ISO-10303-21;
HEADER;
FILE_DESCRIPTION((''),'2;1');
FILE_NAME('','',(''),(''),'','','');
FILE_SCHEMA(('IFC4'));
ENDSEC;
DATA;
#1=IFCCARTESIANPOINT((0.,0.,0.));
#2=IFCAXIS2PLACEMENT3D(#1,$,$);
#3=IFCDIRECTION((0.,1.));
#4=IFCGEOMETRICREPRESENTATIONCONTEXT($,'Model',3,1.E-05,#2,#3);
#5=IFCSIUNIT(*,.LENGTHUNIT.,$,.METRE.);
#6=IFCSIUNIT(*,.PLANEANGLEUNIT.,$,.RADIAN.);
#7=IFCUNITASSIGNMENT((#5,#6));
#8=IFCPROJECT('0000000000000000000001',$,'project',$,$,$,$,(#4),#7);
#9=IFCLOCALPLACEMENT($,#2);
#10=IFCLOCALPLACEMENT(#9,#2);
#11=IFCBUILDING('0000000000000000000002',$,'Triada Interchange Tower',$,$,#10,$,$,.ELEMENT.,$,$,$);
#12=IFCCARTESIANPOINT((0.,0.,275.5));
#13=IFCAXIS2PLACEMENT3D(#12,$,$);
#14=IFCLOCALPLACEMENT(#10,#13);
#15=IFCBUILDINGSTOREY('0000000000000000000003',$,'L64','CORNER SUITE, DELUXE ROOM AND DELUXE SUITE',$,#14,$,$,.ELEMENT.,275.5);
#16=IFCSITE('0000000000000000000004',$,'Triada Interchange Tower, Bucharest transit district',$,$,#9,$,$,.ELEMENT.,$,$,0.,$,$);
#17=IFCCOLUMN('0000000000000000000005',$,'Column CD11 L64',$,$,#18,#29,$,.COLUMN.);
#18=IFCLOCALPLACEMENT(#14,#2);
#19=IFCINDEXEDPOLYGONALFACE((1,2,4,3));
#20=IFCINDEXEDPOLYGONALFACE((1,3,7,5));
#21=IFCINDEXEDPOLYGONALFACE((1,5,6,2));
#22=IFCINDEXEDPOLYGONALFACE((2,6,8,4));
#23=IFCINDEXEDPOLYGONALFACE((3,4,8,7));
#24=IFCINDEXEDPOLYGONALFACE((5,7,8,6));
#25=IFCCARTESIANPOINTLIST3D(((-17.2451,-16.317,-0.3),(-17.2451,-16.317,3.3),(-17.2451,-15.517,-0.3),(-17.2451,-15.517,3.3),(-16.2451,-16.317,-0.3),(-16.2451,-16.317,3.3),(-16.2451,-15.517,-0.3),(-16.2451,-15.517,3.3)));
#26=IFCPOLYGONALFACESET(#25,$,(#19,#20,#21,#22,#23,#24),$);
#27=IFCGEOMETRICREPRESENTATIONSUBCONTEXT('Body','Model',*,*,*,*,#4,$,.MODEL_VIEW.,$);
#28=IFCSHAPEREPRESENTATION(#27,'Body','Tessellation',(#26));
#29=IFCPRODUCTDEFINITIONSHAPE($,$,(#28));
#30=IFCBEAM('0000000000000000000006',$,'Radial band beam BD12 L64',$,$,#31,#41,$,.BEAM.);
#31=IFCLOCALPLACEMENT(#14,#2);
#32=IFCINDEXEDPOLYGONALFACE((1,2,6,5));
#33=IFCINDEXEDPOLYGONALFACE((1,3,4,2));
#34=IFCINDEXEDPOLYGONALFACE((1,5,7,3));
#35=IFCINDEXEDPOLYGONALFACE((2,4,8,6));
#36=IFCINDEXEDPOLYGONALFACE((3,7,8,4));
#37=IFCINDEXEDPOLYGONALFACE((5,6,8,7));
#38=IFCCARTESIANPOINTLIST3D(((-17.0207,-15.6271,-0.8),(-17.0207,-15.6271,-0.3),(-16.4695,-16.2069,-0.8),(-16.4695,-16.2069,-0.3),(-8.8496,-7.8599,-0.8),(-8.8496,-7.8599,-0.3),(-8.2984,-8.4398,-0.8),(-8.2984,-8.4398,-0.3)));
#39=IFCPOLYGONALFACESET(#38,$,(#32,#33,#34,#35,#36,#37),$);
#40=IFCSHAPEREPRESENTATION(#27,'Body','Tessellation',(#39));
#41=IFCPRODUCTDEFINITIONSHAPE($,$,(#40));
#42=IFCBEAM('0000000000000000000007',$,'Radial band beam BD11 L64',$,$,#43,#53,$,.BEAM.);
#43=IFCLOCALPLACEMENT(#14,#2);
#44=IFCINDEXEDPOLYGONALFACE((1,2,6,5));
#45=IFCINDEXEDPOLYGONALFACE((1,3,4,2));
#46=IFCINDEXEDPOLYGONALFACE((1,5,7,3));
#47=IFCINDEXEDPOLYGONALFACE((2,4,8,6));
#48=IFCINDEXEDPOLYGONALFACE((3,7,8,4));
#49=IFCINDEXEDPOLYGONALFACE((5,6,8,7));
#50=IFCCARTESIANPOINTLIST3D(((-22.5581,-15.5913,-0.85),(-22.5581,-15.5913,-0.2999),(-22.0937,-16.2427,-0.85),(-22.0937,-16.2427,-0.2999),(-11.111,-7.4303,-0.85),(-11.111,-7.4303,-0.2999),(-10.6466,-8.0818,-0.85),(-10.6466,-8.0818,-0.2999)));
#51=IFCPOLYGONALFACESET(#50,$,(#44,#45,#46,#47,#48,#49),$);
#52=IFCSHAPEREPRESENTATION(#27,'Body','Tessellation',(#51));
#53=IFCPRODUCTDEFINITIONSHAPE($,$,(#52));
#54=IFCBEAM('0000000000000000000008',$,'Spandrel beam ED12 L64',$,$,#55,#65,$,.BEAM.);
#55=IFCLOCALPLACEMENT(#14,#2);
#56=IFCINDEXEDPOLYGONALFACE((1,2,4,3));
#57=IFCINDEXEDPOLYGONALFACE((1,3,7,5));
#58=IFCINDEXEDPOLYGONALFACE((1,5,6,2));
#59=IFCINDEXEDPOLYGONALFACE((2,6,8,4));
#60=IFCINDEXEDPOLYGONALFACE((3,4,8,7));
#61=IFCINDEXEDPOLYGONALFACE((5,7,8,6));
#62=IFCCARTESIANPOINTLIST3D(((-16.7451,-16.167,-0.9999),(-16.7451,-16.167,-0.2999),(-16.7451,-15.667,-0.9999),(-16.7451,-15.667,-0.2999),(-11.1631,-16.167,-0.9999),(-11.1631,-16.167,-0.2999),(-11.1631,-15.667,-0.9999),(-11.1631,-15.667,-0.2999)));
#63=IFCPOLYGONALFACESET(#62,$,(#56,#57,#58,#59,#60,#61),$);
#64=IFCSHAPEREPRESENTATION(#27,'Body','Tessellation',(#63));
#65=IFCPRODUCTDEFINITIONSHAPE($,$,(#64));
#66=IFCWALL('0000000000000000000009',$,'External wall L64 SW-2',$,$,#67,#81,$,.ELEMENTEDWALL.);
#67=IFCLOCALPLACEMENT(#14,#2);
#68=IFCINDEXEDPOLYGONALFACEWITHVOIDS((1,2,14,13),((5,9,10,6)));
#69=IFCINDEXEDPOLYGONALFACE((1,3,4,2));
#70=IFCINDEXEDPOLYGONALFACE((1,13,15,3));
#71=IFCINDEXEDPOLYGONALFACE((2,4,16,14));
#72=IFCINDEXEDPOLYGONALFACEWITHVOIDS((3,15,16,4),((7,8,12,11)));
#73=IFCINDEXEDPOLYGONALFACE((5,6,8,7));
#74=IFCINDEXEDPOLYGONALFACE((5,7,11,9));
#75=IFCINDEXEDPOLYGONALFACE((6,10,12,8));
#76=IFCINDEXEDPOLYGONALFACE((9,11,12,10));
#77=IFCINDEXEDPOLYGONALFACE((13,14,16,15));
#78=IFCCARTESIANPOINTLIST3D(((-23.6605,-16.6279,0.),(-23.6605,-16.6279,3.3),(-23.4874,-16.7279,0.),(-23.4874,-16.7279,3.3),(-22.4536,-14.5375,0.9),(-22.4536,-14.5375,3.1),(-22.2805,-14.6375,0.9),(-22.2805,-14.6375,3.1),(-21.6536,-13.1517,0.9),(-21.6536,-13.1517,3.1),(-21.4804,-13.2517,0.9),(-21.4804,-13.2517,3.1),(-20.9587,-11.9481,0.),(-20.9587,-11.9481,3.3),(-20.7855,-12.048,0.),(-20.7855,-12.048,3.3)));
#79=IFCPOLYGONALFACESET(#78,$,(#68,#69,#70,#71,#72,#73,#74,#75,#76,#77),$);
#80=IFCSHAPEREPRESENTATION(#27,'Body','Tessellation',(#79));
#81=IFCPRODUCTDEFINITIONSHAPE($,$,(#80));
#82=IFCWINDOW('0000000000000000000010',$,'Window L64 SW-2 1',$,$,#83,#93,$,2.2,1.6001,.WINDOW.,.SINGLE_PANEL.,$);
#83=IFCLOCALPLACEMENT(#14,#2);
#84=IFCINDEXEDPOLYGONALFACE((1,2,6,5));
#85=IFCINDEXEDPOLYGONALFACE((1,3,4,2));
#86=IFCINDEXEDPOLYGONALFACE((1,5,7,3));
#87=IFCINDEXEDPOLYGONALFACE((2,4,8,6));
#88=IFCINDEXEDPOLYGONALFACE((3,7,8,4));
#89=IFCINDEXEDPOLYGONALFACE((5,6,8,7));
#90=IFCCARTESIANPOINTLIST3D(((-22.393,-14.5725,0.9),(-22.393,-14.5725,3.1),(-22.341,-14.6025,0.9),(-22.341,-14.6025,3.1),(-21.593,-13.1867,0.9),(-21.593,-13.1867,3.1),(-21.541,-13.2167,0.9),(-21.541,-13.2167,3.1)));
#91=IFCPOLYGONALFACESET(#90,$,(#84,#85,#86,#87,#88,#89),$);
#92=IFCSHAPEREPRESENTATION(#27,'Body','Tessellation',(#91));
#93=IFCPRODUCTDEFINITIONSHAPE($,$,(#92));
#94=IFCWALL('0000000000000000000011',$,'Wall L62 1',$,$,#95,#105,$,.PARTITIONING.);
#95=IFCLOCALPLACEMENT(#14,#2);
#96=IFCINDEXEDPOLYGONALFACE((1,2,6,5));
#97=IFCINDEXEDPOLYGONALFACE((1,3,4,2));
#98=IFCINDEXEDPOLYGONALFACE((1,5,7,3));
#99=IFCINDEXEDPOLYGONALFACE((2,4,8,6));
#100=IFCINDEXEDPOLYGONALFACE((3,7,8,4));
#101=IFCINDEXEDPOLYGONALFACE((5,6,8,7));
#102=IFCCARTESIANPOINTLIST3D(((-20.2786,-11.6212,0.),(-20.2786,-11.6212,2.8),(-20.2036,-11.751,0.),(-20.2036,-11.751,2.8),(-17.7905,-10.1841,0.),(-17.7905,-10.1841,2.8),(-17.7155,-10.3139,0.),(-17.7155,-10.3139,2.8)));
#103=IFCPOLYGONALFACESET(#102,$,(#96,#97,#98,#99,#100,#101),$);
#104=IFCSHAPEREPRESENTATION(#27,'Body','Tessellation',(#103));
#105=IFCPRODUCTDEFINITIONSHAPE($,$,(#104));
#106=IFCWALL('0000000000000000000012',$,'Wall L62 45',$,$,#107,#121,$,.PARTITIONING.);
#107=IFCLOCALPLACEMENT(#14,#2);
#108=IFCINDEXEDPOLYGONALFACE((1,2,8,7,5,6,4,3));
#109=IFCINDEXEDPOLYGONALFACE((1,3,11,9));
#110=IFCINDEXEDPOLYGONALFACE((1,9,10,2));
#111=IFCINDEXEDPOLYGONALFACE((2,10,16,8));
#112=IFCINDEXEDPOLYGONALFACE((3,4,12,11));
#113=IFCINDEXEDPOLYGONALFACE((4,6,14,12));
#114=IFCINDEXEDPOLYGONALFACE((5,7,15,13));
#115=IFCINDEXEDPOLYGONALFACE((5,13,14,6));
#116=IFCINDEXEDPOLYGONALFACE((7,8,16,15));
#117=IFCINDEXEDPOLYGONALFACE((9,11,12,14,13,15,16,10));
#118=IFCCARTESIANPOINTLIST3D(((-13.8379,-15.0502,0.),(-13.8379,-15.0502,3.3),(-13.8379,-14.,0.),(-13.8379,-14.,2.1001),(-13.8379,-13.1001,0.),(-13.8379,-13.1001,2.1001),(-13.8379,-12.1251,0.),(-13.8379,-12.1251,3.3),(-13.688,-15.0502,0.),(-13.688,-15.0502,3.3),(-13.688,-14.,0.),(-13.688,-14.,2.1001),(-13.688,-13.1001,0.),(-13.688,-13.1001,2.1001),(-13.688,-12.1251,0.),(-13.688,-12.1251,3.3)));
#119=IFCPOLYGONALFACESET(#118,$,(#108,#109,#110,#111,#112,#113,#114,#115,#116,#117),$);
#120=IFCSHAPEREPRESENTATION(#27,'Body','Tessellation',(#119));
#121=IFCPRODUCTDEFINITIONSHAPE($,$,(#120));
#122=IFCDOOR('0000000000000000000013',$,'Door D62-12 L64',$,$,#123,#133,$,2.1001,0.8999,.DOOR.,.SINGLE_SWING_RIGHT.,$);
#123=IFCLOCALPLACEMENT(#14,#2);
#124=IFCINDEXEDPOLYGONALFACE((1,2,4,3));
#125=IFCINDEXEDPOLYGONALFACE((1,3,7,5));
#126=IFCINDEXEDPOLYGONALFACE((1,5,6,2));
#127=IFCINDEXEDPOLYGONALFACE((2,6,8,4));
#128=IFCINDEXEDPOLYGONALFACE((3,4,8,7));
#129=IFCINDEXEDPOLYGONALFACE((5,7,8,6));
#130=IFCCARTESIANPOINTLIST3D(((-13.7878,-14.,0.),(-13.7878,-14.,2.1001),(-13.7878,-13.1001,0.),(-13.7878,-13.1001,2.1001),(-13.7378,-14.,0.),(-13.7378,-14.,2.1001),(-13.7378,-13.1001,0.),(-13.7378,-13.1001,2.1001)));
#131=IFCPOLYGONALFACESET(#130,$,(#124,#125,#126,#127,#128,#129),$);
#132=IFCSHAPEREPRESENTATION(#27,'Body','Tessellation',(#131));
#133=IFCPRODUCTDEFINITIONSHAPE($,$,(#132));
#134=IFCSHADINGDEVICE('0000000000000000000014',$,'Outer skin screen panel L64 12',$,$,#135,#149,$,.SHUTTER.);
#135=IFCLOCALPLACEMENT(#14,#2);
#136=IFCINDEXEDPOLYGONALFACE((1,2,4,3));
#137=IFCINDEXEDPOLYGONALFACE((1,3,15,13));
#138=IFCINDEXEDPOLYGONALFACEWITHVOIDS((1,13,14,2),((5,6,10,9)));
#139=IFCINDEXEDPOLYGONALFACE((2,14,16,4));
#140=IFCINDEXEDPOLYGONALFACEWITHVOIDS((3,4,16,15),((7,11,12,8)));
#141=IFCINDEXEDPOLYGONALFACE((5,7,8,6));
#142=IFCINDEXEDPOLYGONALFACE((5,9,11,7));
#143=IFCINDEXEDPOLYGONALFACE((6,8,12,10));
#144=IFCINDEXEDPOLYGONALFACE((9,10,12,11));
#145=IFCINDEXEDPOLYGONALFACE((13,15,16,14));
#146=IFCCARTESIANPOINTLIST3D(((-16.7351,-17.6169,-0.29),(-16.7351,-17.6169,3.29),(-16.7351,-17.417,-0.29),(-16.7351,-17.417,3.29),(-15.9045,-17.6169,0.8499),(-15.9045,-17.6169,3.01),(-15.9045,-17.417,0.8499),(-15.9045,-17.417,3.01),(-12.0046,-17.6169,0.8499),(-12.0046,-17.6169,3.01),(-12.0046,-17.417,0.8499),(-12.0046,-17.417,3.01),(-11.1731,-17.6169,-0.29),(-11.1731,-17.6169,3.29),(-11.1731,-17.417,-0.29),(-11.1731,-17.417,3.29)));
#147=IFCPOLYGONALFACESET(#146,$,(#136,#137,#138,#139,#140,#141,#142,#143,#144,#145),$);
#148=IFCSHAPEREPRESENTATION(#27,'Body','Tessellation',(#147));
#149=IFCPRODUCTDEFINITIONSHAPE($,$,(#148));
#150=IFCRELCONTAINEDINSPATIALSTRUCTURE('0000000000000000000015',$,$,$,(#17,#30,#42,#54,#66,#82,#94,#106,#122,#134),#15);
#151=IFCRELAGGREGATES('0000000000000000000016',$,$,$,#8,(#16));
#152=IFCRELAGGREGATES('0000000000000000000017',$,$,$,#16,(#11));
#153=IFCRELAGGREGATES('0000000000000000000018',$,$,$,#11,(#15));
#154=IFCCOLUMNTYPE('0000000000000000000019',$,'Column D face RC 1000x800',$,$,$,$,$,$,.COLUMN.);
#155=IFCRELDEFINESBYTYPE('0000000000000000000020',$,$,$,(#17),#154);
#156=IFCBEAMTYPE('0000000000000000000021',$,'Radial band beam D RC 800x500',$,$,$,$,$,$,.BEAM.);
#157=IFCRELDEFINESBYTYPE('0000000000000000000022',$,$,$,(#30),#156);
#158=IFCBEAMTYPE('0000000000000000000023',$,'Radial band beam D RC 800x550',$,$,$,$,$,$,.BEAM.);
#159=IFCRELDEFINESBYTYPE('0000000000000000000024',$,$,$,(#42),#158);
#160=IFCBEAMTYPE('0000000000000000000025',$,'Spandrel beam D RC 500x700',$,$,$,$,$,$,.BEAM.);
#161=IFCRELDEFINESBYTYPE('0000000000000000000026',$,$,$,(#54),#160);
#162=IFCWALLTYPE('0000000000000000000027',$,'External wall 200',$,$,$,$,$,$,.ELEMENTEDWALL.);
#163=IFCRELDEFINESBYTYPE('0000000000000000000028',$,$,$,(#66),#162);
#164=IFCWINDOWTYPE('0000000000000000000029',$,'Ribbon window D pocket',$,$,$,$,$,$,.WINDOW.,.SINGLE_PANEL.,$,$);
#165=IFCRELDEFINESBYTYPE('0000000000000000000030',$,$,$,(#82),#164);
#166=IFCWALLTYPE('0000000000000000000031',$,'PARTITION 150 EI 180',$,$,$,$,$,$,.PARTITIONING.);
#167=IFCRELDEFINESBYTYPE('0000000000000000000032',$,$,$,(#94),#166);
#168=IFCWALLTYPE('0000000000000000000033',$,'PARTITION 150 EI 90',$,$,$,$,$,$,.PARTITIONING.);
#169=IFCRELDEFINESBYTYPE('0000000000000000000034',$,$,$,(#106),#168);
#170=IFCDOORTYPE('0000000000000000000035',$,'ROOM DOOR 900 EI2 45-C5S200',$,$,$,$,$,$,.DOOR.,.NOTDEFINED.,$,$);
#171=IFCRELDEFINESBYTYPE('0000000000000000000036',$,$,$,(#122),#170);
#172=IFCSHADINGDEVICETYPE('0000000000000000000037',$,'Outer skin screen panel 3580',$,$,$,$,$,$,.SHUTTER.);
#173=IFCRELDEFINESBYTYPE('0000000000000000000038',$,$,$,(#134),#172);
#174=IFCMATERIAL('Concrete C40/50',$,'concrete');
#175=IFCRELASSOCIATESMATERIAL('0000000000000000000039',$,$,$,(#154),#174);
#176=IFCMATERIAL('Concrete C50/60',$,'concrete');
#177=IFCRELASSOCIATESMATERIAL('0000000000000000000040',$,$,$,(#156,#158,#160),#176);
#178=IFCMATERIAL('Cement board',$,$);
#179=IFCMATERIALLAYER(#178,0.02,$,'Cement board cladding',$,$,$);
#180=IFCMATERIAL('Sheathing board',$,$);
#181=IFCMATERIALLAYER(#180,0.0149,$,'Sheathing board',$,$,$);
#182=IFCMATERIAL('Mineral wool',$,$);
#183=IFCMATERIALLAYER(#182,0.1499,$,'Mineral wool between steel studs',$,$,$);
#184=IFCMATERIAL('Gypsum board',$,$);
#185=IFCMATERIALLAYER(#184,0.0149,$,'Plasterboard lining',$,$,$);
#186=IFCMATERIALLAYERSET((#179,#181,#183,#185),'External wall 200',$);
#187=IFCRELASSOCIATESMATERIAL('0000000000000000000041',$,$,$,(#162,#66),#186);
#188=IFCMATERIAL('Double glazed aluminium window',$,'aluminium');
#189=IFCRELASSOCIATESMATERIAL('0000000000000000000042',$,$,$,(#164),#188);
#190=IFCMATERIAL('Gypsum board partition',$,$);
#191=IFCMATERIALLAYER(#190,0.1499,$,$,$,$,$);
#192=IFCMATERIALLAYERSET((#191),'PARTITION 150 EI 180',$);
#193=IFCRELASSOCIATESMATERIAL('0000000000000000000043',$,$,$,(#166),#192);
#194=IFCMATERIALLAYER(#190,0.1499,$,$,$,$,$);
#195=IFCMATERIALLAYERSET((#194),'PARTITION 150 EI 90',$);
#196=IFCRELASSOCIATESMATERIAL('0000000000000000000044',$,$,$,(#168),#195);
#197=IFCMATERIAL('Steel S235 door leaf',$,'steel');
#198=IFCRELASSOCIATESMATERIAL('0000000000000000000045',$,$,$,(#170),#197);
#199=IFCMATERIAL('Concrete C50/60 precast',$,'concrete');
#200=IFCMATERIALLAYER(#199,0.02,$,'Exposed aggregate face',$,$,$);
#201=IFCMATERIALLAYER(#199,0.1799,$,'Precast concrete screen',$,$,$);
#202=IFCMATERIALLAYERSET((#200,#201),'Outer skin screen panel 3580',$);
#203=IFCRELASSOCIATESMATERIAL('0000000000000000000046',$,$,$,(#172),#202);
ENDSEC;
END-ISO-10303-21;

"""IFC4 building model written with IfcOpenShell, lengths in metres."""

from ifc_helpers import new_model, si_unit, direction, frame, frame_2d, origin, origin_2d, place, context, subcontext, project, spatial, polyline, rectangle, outline, extrude, material, layer, layer_set, layer_usage, material_profile, profile_set, type_object, element, fill, save


model = new_model("IFC4")

# Units and contexts
model_context = context("Model", 3, precision=1e-05, world=origin(), true_north=direction((0.0, 1.0)))
body_context = subcontext(model_context, "Body", "Model", "MODEL_VIEW")
ifc_project = project(units=[si_unit("LENGTHUNIT", "METRE"), si_unit("PLANEANGLEUNIT", "RADIAN")], contexts=[model_context])

# Site, building, storey
site_placement = place(None, origin())
site = spatial("IfcSite", under=ifc_project, at=site_placement, Name="Triada Interchange Tower, Bucharest transit district", CompositionType="ELEMENT", RefElevation=0.0)
building_placement = place(site_placement, origin())
building = spatial("IfcBuilding", under=site, at=building_placement, Name="Triada Interchange Tower", CompositionType="ELEMENT")
storey_placement = place(building_placement, frame((0.0, 0.0, 275.5)))
storey = spatial("IfcBuildingStorey", under=building, at=storey_placement, Name="L64", Description="CORNER SUITE, DELUXE ROOM AND DELUXE SUITE", CompositionType="ELEMENT", Elevation=275.5)

# Column
ifc_material_1 = material(Name="Concrete C40/50", Category="concrete")
ifc_material_profile_1 = material_profile(ifc_material_1, rectangle(XDim=1.0, YDim=0.8, at=origin_2d()), Name="RC 1000x800")
ifc_profile_set_1 = profile_set([ifc_material_profile_1], Name="Concrete C40/50")
column_type = type_object("IfcColumnType", Name="Column D face RC 1000x800", PredefinedType="COLUMN", material=ifc_profile_set_1)
column_placement = place(storey_placement, frame((-16.7451, -15.917, -0.3), z_axis=(0.0, 0.0, 1.0), x_axis=(1.0, 0.0, 0.0)))
element("IfcColumn", 1, at=column_placement, inside=storey, type_object=column_type, Name="Column CD11 L64", PredefinedType="COLUMN", context=body_context, shape_type="SweptSolid", body=[
    extrude(rectangle(XDim=1.0, YDim=0.8, at=origin_2d()), origin(), (0.0, 0.0, 1.0), 3.6001),
])

# Beams
ifc_material_2 = material(Name="Concrete C50/60", Category="concrete")
ifc_material_profile_2 = material_profile(ifc_material_2, rectangle(XDim=0.8, YDim=0.5, at=origin_2d()), Name="RC 800x500")
ifc_profile_set_2 = profile_set([ifc_material_profile_2], Name="Concrete C50/60")
beam_type_1 = type_object("IfcBeamType", Name="Radial band beam D RC 800x500", PredefinedType="BEAM", material=ifc_profile_set_2)
beam_1_placement = place(storey_placement, frame((-16.7451, -15.917, -0.55), z_axis=(0.7248, 0.688959, 0.0), x_axis=(-0.688959, 0.7248, 0.0)))
element("IfcBeam", 2, at=beam_1_placement, inside=storey, type_object=beam_type_1, Name="Radial band beam BD12 L64", PredefinedType="BEAM", context=body_context, shape_type="SweptSolid", body=[
    extrude(rectangle(XDim=0.8, YDim=0.5, at=origin_2d()), origin(), (0.0, 0.0, 1.0), 11.2737),
])
ifc_material_profile_3 = material_profile(ifc_material_2, rectangle(XDim=0.8, YDim=0.55, at=origin_2d()), Name="RC 800x550")
ifc_profile_set_3 = profile_set([ifc_material_profile_3], Name="Concrete C50/60")
beam_type_2 = type_object("IfcBeamType", Name="Radial band beam D RC 800x550", PredefinedType="BEAM", material=ifc_profile_set_3)
beam_2_placement = place(storey_placement, frame((-22.3259, -15.917, -0.575), z_axis=(0.814256, 0.580505, 0.0), x_axis=(-0.580505, 0.814256, 0.0)))
element("IfcBeam", 3, at=beam_2_placement, inside=storey, type_object=beam_type_2, Name="Radial band beam BD11 L64", PredefinedType="BEAM", context=body_context, shape_type="SweptSolid", body=[
    extrude(rectangle(XDim=0.8, YDim=0.55, at=origin_2d()), origin(), (0.0, 0.0, 1.0), 14.0583),
])
ifc_material_profile_4 = material_profile(ifc_material_2, rectangle(XDim=0.5, YDim=0.7, at=origin_2d()), Name="RC 500x700")
ifc_profile_set_4 = profile_set([ifc_material_profile_4], Name="Concrete C50/60")
beam_type_3 = type_object("IfcBeamType", Name="Spandrel beam D RC 500x700", PredefinedType="BEAM", material=ifc_profile_set_4)
beam_3_placement = place(storey_placement, frame((-16.7451, -15.917, -0.6499), z_axis=(1.0, 0.0, 0.0), x_axis=(0.0, 1.0, 0.0)))
element("IfcBeam", 4, at=beam_3_placement, inside=storey, type_object=beam_type_3, Name="Spandrel beam ED12 L64", PredefinedType="BEAM", context=body_context, shape_type="SweptSolid", body=[
    extrude(rectangle(XDim=0.5, YDim=0.7, at=origin_2d()), origin(), (0.0, 0.0, 1.0), 5.582),
])

# Wall, opening, window
ifc_material_3 = material(Name="Cement board")
ifc_layer_1 = layer(ifc_material_3, 0.02, Name="Cement board cladding")
ifc_material_4 = material(Name="Sheathing board")
ifc_layer_2 = layer(ifc_material_4, 0.0149, Name="Sheathing board")
ifc_material_5 = material(Name="Mineral wool")
ifc_layer_3 = layer(ifc_material_5, 0.1499, Name="Mineral wool between steel studs")
ifc_material_6 = material(Name="Gypsum board")
ifc_layer_4 = layer(ifc_material_6, 0.0149, Name="Plasterboard lining")
ifc_layer_set_1 = layer_set([ifc_layer_1, ifc_layer_2, ifc_layer_3, ifc_layer_4], Name="External wall 200")
ifc_layer_usage = layer_usage(ifc_layer_set_1, "AXIS2", "POSITIVE", -0.1001)
wall_type_1 = type_object("IfcWallType", Name="External wall 200", PredefinedType="ELEMENTEDWALL", material=ifc_layer_set_1)
wall_1_placement = place(storey_placement, frame((-20.8721, -11.998, 0.0), z_axis=(0.0, 0.0, 1.0), x_axis=(-0.499992, -0.86603, 0.0)))
wall_1 = element("IfcWall", 5, at=wall_1_placement, inside=storey, type_object=wall_type_1, material=ifc_layer_usage, Name="External wall L64 SW-2", PredefinedType="ELEMENTEDWALL", context=body_context, shape_type="SweptSolid", body=[
    extrude(rectangle(XDim=5.4038, YDim=0.2, at=frame_2d((2.7019, 0.0))), origin(), (0.0, 0.0, 1.0), 3.3),
])
opening_1_placement = place(wall_1_placement, frame((1.3899, 0.0, 0.8999)))
opening_1 = element("IfcOpeningElement", 6, at=opening_1_placement, cuts=wall_1, PredefinedType="OPENING", context=body_context, shape_type="SweptSolid", body=[
    extrude(rectangle(XDim=1.6001, YDim=2.2, at=frame_2d((0.8, 1.1001))), frame((0.0, 0.1099, 0.0), z_axis=(0.0, -1.0, 0.0), x_axis=(1.0, 0.0, 0.0)), (0.0, 0.0, 1.0), 0.22),
])
ifc_material_7 = material(Name="Double glazed aluminium window", Category="aluminium")
window_type = type_object("IfcWindowType", Name="Ribbon window D pocket", PartitioningType="SINGLE_PANEL", PredefinedType="WINDOW", material=ifc_material_7)
window_placement = place(opening_1_placement, origin())
window = element("IfcWindow", 7, at=window_placement, inside=storey, type_object=window_type, Name="Window L64 SW-2 1", OverallHeight=2.2, OverallWidth=1.6001, PartitioningType="SINGLE_PANEL", PredefinedType="WINDOW", context=body_context, shape_type="SweptSolid", body=[
    extrude(rectangle(XDim=1.6001, YDim=2.2, at=frame_2d((0.8, 1.1001))), frame((0.0, 0.03, 0.0), z_axis=(0.0, -1.0, 0.0), x_axis=(1.0, 0.0, 0.0)), (0.0, 0.0, 1.0), 0.0601),
])
fill(opening_1, window)

# Wall
ifc_material_8 = material(Name="Gypsum board partition")
ifc_layer_5 = layer(ifc_material_8, 0.1499)
ifc_layer_set_2 = layer_set([ifc_layer_5], Name="PARTITION 150 EI 180")
wall_type_2 = type_object("IfcWallType", Name="PARTITION 150 EI 180", PredefinedType="PARTITIONING", material=ifc_layer_set_2)
wall_2_placement = place(storey_placement, frame((-20.241, -11.686, 0.0), z_axis=(0.0, 0.0, 1.0), x_axis=(0.865944, 0.500142, 0.0)))
element("IfcWall", 8, at=wall_2_placement, inside=storey, type_object=wall_type_2, Name="Wall L62 1", PredefinedType="PARTITIONING", context=body_context, shape_type="SweptSolid", body=[
    extrude(rectangle(XDim=2.8733, YDim=0.1499, at=frame_2d((1.4365, 0.0))), origin(), (0.0, 0.0, 1.0), 2.8),
])

# Wall, opening, door
ifc_layer_6 = layer(ifc_material_8, 0.1499)
ifc_layer_set_3 = layer_set([ifc_layer_6], Name="PARTITION 150 EI 90")
wall_type_3 = type_object("IfcWallType", Name="PARTITION 150 EI 90", PredefinedType="PARTITIONING", material=ifc_layer_set_3)
wall_3_placement = place(storey_placement, frame((-13.7629, -15.05, 0.0), z_axis=(0.0, 0.0, 1.0), x_axis=(0.0, 1.0, 0.0)))
wall_3 = element("IfcWall", 9, at=wall_3_placement, inside=storey, type_object=wall_type_3, Name="Wall L62 45", PredefinedType="PARTITIONING", context=body_context, shape_type="SweptSolid", body=[
    extrude(rectangle(XDim=2.925, YDim=0.1499, at=frame_2d((1.4624, 0.0))), origin(), (0.0, 0.0, 1.0), 3.3),
])
opening_2_placement = place(wall_3_placement, frame((1.05, 0.0, 0.0)))
opening_2 = element("IfcOpeningElement", 10, at=opening_2_placement, cuts=wall_3, PredefinedType="OPENING", context=body_context, shape_type="SweptSolid", body=[
    extrude(rectangle(XDim=0.8999, YDim=2.1001, at=frame_2d((0.45, 1.05))), frame((0.0, 0.085, 0.0), z_axis=(0.0, -1.0, 0.0), x_axis=(1.0, 0.0, 0.0)), (0.0, 0.0, 1.0), 0.1699),
])
ifc_material_9 = material(Name="Steel S235 door leaf", Category="steel")
door_type = type_object("IfcDoorType", Name="ROOM DOOR 900 EI2 45-C5S200", OperationType="NOTDEFINED", PredefinedType="DOOR", material=ifc_material_9)
door_placement = place(opening_2_placement, origin())
door = element("IfcDoor", 11, at=door_placement, inside=storey, type_object=door_type, Name="Door D62-12 L64", OperationType="SINGLE_SWING_RIGHT", OverallHeight=2.1001, OverallWidth=0.8999, PredefinedType="DOOR", context=body_context, shape_type="SweptSolid", body=[
    extrude(rectangle(XDim=0.8999, YDim=2.1001, at=frame_2d((0.45, 1.05))), frame((0.0, 0.0249, 0.0), z_axis=(0.0, -1.0, 0.0), x_axis=(1.0, 0.0, 0.0)), (0.0, 0.0, 1.0), 0.05),
])
fill(opening_2, door)

# Shading device
ifc_material_10 = material(Name="Concrete C50/60 precast", Category="concrete")
ifc_layer_7 = layer(ifc_material_10, 0.02, Name="Exposed aggregate face")
ifc_layer_8 = layer(ifc_material_10, 0.1799, Name="Precast concrete screen")
ifc_layer_set_4 = layer_set([ifc_layer_7, ifc_layer_8], Name="Outer skin screen panel 3580")
shading_device_type = type_object("IfcShadingDeviceType", Name="Outer skin screen panel 3580", PredefinedType="SHUTTER", material=ifc_layer_set_4)
shading_device_placement = place(storey_placement, frame((-16.7351, -17.417, -0.29), z_axis=(0.0, 0.0, 1.0), x_axis=(1.0, 0.0, 0.0)))
element("IfcShadingDevice", 12, at=shading_device_placement, inside=storey, type_object=shading_device_type, Name="Outer skin screen panel L64 12", PredefinedType="SHUTTER", context=body_context, shape_type="SweptSolid", body=[
    extrude(outline(polyline([(0.0, 0.0), (5.562, 0.0), (5.562, 3.5801), (0.0, 3.5801), (0.0, 0.0)]), holes=[polyline([(0.8306, 1.1399), (0.8306, 3.3), (4.7305, 3.3), (4.7305, 1.1399), (0.8306, 1.1399)])]), frame((0.0, 0.0, 0.0), z_axis=(0.0, -1.0, 0.0), x_axis=(1.0, 0.0, 0.0)), (0.0, 0.0, 1.0), 0.2),
])

save(model, "model.ifc")
